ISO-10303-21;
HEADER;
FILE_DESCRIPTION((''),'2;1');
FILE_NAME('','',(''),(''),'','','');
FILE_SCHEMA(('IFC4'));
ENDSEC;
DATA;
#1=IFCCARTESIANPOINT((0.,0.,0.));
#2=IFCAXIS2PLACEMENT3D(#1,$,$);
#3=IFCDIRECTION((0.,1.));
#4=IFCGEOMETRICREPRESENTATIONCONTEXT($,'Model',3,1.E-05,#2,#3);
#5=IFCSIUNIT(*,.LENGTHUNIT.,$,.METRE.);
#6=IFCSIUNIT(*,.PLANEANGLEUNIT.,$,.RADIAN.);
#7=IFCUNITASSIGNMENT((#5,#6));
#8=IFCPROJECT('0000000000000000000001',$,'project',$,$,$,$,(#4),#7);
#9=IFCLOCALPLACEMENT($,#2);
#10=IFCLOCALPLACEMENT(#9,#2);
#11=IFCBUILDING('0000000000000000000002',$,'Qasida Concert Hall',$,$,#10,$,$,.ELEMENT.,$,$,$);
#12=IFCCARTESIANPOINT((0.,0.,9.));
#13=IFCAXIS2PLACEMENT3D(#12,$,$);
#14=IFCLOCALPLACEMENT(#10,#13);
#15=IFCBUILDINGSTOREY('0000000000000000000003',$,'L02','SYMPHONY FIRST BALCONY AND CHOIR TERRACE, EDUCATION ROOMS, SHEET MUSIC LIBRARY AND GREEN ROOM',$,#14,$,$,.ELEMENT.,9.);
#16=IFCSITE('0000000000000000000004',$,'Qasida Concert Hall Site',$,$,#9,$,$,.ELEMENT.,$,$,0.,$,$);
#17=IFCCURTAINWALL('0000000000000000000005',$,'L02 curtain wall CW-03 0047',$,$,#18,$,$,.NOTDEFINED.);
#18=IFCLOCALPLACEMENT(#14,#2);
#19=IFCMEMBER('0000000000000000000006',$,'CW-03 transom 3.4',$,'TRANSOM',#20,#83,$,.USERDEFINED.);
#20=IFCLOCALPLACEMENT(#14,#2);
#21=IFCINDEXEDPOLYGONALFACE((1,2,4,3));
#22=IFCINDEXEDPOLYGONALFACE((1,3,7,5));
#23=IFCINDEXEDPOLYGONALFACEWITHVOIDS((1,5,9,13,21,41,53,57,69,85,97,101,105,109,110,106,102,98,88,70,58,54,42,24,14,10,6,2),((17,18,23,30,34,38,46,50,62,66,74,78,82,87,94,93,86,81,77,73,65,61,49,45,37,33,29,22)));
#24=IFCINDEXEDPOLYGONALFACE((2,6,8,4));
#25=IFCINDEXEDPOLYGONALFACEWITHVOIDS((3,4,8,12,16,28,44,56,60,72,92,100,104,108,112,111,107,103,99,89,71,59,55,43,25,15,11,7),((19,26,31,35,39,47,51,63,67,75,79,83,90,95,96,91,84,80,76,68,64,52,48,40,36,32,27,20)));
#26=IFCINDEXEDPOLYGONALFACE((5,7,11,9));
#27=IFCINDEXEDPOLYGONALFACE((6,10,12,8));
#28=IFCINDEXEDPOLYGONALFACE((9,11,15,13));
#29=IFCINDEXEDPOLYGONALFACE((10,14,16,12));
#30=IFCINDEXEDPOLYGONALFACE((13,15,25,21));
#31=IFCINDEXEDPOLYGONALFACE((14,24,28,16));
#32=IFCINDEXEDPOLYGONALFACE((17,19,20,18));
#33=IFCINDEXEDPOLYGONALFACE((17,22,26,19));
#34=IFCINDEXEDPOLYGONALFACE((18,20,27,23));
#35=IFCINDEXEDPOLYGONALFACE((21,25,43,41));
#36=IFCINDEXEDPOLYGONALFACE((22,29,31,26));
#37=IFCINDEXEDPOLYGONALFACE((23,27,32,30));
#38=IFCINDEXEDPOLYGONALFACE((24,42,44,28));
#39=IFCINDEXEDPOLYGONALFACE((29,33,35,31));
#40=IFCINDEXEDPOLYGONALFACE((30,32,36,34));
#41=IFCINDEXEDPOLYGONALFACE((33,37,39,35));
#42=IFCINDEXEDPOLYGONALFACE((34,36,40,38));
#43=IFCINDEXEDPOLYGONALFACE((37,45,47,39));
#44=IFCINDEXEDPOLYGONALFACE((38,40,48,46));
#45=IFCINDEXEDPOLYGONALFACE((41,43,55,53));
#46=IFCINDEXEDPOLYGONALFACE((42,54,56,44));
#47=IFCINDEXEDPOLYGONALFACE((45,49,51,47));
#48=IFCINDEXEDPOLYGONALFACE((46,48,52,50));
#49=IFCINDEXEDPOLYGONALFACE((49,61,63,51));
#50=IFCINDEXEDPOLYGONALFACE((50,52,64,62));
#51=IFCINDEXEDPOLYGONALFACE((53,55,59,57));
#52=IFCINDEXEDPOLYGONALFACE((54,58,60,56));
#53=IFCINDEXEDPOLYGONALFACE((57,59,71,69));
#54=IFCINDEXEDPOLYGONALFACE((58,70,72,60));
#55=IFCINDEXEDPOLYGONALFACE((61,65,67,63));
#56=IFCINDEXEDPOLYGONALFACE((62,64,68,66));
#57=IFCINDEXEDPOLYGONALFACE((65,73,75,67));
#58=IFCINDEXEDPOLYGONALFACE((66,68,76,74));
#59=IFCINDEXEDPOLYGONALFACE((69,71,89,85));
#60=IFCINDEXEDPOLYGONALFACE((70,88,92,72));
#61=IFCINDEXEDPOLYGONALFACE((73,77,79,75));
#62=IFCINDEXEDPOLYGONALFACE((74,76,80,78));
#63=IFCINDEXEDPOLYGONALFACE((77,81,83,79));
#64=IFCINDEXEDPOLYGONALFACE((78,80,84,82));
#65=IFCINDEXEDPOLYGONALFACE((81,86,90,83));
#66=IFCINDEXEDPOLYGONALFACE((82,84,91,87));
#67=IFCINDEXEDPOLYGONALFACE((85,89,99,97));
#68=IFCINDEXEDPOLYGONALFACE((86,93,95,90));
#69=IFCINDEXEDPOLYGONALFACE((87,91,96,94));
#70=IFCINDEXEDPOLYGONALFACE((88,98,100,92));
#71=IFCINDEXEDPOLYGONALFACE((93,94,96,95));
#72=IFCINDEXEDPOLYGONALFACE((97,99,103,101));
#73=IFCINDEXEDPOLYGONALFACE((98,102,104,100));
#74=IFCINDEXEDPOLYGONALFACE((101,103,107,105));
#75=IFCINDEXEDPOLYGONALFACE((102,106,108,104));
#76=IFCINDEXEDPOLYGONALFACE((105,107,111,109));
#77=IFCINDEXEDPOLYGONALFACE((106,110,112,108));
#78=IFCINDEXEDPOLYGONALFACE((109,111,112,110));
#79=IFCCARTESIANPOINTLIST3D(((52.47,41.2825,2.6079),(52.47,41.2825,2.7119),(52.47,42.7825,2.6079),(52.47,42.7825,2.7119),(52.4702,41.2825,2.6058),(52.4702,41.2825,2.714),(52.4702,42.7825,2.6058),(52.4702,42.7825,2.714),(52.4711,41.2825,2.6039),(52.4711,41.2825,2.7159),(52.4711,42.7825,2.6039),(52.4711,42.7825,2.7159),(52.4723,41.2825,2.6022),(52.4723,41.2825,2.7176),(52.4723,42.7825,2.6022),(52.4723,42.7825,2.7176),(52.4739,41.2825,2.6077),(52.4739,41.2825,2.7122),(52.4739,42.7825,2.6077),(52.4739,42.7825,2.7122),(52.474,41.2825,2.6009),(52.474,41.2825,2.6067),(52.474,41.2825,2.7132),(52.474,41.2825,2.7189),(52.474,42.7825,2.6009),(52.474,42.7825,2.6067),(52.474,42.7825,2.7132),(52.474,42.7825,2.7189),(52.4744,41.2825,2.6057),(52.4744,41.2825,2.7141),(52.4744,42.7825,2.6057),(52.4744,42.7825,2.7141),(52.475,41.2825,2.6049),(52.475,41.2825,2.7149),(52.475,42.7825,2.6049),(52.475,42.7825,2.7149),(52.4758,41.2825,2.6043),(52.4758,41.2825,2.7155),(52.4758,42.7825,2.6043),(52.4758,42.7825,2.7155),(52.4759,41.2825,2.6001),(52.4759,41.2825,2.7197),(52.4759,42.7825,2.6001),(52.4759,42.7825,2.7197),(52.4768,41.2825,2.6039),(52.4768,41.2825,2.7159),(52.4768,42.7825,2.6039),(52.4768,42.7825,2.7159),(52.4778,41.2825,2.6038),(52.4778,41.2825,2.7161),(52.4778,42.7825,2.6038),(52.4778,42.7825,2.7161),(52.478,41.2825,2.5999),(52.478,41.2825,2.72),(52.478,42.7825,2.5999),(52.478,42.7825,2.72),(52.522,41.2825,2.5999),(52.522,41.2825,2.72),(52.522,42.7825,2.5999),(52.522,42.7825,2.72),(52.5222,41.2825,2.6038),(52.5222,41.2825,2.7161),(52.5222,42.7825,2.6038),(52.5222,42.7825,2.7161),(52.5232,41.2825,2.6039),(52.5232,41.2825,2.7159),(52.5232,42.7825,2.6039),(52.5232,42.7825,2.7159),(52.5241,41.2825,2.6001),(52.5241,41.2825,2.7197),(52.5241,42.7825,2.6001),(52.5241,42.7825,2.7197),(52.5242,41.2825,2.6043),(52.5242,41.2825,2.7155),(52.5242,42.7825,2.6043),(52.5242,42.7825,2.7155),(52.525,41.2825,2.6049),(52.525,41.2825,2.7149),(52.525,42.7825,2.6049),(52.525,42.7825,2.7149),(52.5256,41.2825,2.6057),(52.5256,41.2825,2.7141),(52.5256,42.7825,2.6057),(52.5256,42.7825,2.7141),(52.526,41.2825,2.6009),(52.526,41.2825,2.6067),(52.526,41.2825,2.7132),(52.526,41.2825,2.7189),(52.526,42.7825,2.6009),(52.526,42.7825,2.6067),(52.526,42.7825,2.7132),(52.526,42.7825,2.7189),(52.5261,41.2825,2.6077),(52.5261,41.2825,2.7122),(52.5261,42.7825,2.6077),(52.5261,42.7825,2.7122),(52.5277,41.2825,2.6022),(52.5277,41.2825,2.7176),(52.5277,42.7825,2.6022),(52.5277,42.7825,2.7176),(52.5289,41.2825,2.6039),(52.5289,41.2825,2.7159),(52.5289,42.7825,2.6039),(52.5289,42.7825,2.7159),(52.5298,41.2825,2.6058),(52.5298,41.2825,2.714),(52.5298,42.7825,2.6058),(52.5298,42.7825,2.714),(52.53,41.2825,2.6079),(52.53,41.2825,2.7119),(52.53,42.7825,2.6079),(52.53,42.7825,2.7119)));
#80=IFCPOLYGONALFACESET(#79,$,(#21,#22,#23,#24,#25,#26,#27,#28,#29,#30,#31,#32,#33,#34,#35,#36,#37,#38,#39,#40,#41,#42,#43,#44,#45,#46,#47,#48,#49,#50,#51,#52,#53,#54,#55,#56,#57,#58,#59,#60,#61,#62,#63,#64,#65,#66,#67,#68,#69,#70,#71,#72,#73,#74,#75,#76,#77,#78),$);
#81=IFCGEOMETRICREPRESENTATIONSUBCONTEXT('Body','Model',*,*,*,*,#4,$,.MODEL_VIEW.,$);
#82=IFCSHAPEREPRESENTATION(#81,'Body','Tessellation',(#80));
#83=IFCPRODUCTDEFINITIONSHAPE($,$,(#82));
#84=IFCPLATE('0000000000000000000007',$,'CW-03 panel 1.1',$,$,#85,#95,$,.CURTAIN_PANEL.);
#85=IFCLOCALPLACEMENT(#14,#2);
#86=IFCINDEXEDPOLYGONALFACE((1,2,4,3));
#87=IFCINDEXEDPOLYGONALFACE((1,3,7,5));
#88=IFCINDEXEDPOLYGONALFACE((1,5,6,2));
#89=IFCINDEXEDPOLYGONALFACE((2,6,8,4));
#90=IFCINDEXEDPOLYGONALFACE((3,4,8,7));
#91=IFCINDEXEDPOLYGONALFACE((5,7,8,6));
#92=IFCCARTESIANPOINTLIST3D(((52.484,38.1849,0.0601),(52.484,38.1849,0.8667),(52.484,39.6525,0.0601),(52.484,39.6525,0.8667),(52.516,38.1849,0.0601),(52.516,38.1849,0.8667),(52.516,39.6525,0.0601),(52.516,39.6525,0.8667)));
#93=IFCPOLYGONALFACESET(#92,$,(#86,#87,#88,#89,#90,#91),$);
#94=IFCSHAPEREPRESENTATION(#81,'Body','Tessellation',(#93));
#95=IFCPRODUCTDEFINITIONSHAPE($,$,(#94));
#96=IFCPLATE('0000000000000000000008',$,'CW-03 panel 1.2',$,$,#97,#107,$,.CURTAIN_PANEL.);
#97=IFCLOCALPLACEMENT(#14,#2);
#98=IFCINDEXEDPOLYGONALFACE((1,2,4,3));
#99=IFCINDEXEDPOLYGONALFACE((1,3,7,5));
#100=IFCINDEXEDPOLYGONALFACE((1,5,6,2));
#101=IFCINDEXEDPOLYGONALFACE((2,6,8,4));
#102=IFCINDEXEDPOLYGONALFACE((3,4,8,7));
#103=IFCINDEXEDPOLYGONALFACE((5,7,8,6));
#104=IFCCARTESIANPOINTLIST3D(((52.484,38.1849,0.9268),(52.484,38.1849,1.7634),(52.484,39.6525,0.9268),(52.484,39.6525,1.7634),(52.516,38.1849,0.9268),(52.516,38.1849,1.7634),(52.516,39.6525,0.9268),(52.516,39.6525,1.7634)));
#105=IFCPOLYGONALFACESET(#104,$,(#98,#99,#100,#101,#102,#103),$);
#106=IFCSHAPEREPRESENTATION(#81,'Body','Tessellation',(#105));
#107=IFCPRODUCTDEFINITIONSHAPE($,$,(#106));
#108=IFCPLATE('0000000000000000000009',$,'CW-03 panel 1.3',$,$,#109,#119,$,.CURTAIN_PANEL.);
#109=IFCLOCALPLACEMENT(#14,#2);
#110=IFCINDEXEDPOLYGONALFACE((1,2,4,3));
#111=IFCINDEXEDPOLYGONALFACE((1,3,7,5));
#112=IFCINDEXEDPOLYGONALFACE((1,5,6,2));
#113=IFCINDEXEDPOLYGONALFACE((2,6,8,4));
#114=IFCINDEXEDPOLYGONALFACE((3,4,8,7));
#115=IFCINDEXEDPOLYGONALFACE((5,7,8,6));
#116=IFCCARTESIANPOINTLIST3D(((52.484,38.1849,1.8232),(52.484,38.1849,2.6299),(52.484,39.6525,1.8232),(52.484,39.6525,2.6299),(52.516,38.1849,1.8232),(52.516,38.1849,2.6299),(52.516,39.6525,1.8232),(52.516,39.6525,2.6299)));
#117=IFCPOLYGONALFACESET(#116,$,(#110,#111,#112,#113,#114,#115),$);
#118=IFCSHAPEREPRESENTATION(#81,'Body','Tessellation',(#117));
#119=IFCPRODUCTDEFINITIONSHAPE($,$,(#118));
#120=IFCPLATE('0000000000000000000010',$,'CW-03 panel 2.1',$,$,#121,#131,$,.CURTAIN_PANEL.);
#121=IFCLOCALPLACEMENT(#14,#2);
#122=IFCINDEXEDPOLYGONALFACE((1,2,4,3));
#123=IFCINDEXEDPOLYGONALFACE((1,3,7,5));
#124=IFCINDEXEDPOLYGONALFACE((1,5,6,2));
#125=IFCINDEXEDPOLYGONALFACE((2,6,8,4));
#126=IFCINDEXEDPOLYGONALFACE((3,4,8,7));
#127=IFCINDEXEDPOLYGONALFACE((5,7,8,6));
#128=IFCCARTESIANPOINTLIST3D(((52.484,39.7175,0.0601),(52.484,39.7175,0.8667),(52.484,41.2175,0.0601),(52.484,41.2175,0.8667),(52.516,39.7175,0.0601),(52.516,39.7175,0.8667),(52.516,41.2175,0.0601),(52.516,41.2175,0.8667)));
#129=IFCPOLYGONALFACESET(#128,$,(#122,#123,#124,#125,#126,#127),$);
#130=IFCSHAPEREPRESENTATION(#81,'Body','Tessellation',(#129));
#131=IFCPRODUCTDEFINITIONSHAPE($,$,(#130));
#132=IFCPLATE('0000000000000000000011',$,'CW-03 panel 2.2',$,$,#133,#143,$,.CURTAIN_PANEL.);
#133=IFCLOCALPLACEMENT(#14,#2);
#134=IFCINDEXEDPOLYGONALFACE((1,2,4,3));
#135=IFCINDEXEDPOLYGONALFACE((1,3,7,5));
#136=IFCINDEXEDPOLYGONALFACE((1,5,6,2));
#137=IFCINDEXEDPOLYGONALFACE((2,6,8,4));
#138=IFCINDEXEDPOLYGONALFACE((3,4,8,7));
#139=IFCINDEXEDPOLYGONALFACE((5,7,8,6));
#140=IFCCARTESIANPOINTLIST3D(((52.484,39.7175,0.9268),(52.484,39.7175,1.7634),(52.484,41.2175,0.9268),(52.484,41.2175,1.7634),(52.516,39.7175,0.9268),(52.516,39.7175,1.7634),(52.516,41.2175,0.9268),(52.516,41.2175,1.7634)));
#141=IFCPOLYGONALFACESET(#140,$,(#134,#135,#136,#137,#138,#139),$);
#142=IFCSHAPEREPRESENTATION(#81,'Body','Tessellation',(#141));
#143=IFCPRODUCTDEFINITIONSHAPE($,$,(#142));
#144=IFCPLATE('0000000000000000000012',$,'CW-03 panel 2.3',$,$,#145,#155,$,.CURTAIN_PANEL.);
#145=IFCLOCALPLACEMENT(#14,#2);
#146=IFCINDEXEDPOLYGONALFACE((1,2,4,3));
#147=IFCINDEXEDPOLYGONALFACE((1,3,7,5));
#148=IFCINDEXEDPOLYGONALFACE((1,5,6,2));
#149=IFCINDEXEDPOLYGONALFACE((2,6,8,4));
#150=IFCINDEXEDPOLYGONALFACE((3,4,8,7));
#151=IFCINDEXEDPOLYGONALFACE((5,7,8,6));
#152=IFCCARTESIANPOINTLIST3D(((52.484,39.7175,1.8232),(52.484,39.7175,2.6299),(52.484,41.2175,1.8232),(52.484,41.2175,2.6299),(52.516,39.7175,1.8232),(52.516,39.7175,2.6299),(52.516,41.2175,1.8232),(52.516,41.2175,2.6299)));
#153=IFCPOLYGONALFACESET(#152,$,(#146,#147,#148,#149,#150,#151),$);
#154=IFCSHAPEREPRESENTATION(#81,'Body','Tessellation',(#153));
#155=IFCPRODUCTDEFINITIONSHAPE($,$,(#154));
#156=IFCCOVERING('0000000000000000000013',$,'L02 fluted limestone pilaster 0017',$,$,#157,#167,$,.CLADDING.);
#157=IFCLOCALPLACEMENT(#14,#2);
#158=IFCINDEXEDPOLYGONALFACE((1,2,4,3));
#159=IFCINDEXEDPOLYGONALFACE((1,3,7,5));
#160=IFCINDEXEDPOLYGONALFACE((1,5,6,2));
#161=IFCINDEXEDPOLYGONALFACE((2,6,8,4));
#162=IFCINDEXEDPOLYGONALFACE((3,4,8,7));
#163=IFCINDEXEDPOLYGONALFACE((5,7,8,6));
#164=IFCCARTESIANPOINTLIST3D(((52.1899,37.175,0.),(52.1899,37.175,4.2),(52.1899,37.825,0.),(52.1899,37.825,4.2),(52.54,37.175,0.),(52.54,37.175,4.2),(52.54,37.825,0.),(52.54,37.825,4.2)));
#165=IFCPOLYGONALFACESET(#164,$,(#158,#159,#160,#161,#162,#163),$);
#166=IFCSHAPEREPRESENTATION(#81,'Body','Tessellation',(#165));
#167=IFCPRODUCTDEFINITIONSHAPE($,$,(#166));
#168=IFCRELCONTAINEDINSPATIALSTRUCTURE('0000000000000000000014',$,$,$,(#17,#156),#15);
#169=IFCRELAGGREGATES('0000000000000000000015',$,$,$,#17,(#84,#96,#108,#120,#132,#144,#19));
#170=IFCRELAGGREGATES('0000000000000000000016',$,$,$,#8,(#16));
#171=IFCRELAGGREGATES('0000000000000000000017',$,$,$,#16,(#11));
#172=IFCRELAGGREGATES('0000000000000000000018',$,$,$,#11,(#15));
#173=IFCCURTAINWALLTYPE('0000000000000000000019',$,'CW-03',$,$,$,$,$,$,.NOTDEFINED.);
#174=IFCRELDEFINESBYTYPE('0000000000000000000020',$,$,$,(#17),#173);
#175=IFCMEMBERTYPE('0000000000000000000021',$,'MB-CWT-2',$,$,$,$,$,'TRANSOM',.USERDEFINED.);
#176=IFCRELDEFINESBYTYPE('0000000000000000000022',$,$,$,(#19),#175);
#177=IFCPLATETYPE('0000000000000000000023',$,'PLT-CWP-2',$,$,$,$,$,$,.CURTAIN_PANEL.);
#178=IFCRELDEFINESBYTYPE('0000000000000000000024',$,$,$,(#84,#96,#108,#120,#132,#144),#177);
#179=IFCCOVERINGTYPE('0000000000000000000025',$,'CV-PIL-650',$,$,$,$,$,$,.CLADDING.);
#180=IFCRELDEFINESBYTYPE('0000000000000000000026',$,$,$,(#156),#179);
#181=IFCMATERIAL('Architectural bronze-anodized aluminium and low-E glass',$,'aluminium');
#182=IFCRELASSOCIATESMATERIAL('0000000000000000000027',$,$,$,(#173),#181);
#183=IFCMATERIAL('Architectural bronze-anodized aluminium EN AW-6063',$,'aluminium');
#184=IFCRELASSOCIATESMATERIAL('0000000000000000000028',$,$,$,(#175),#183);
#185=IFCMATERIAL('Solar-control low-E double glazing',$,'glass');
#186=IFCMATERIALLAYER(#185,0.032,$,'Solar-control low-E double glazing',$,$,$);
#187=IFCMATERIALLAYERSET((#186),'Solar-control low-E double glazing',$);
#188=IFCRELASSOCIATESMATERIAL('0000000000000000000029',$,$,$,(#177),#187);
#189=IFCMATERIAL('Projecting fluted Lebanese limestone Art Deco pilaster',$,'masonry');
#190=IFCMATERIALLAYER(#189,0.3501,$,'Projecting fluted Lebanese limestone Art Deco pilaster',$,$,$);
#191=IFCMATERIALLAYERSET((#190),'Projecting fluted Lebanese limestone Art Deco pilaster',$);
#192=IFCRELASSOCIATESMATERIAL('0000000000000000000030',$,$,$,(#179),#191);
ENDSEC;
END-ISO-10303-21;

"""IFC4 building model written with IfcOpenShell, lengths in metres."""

from ifc_helpers import new_model, si_unit, direction, frame, origin, origin_2d, place, context, subcontext, project, spatial, rectangle, hollow_rectangle, extrude, material, layer, layer_set, material_profile, profile_set, type_object, element, aggregate, save


model = new_model("IFC4")

# Units and contexts
model_context = context("Model", 3, precision=1e-05, world=origin(), true_north=direction((0.0, 1.0)))
body_context = subcontext(model_context, "Body", "Model", "MODEL_VIEW")
ifc_project = project(units=[si_unit("LENGTHUNIT", "METRE"), si_unit("PLANEANGLEUNIT", "RADIAN")], contexts=[model_context])

# Site, building, storey
site_placement = place(None, origin())
site = spatial("IfcSite", under=ifc_project, at=site_placement, Name="Qasida Concert Hall Site", CompositionType="ELEMENT", RefElevation=0.0)
building_placement = place(site_placement, origin())
building = spatial("IfcBuilding", under=site, at=building_placement, Name="Qasida Concert Hall", CompositionType="ELEMENT")
storey_placement = place(building_placement, frame((0.0, 0.0, 9.0)))
storey = spatial("IfcBuildingStorey", under=building, at=storey_placement, Name="L02", Description="SYMPHONY FIRST BALCONY AND CHOIR TERRACE, EDUCATION ROOMS, SHEET MUSIC LIBRARY AND GREEN ROOM", CompositionType="ELEMENT", Elevation=9.0)

# Curtain wall
ifc_material_1 = material(Name="Architectural bronze-anodized aluminium and low-E glass", Category="aluminium")
curtain_wall_type_1 = type_object("IfcCurtainWallType", Name="CW-03", PredefinedType="NOTDEFINED", material=ifc_material_1)
curtain_wall_1_placement = place(storey_placement, origin())
curtain_wall_1 = element("IfcCurtainWall", 1, at=curtain_wall_1_placement, inside=storey, type_object=curtain_wall_type_1, Name="L02 curtain wall CW-03 0047", PredefinedType="NOTDEFINED")
ifc_material_2 = material(Name="Architectural bronze-anodized aluminium EN AW-6063", Category="aluminium")

# Member
ifc_material_profile_1 = material_profile(ifc_material_2, hollow_rectangle(XDim=0.0601, YDim=0.1201, WallThickness=0.0039, InnerFilletRadius=0.0039, OuterFilletRadius=0.0081, at=origin_2d()), Name="CWT 120x60x4")
ifc_profile_set_1 = profile_set([ifc_material_profile_1], Name="Architectural bronze-anodized aluminium EN AW-6063")
member_type_1 = type_object("IfcMemberType", Name="MB-CWT-2", ElementType="TRANSOM", PredefinedType="USERDEFINED", material=ifc_profile_set_1)
member_1_placement = place(storey_placement, frame((52.5, 41.2825, 2.6599), z_axis=(0.0, 1.0, 0.0), x_axis=(-1.0, 0.0, 0.0)))
member_1 = element("IfcMember", 2, at=member_1_placement, type_object=member_type_1, Name="CW-03 transom 3.4", ObjectType="TRANSOM", PredefinedType="USERDEFINED", context=body_context, shape_type="SweptSolid", body=[
    extrude(hollow_rectangle(XDim=0.0601, YDim=0.1201, WallThickness=0.0039, InnerFilletRadius=0.0039, OuterFilletRadius=0.0081, at=origin_2d()), origin(), (0.0, 0.0, 1.0), 1.5),
])

# Plates
ifc_material_3 = material(Name="Solar-control low-E double glazing", Category="glass")
ifc_layer_1 = layer(ifc_material_3, 0.032, Name="Solar-control low-E double glazing")
ifc_layer_set_1 = layer_set([ifc_layer_1], Name="Solar-control low-E double glazing")
plate_type = type_object("IfcPlateType", Name="PLT-CWP-2", PredefinedType="CURTAIN_PANEL", material=ifc_layer_set_1)
plate_1_placement = place(storey_placement, frame((52.5, 38.9187, 0.0601), z_axis=(0.0, 0.0, 1.0), x_axis=(0.0, 1.0, 0.0)))
plate_1 = element("IfcPlate", 3, at=plate_1_placement, type_object=plate_type, Name="CW-03 panel 1.1", PredefinedType="CURTAIN_PANEL", context=body_context, shape_type="SweptSolid", body=[
    extrude(rectangle(XDim=1.4675, YDim=0.032, at=origin_2d()), origin(), (0.0, 0.0, 1.0), 0.8066),
])
plate_2_placement = place(storey_placement, frame((52.5, 38.9187, 0.9268), z_axis=(0.0, 0.0, 1.0), x_axis=(0.0, 1.0, 0.0)))
plate_2 = element("IfcPlate", 4, at=plate_2_placement, type_object=plate_type, Name="CW-03 panel 1.2", PredefinedType="CURTAIN_PANEL", context=body_context, shape_type="SweptSolid", body=[
    extrude(rectangle(XDim=1.4675, YDim=0.032, at=origin_2d()), origin(), (0.0, 0.0, 1.0), 0.8367),
])
plate_3_placement = place(storey_placement, frame((52.5, 38.9187, 1.8232), z_axis=(0.0, 0.0, 1.0), x_axis=(0.0, 1.0, 0.0)))
plate_3 = element("IfcPlate", 5, at=plate_3_placement, type_object=plate_type, Name="CW-03 panel 1.3", PredefinedType="CURTAIN_PANEL", context=body_context, shape_type="SweptSolid", body=[
    extrude(rectangle(XDim=1.4675, YDim=0.032, at=origin_2d()), origin(), (0.0, 0.0, 1.0), 0.8066),
])
plate_4_placement = place(storey_placement, frame((52.5, 40.4675, 0.0601), z_axis=(0.0, 0.0, 1.0), x_axis=(0.0, 1.0, 0.0)))
plate_4 = element("IfcPlate", 6, at=plate_4_placement, type_object=plate_type, Name="CW-03 panel 2.1", PredefinedType="CURTAIN_PANEL", context=body_context, shape_type="SweptSolid", body=[
    extrude(rectangle(XDim=1.5, YDim=0.032, at=origin_2d()), origin(), (0.0, 0.0, 1.0), 0.8066),
])
plate_5_placement = place(storey_placement, frame((52.5, 40.4675, 0.9268), z_axis=(0.0, 0.0, 1.0), x_axis=(0.0, 1.0, 0.0)))
plate_5 = element("IfcPlate", 7, at=plate_5_placement, type_object=plate_type, Name="CW-03 panel 2.2", PredefinedType="CURTAIN_PANEL", context=body_context, shape_type="SweptSolid", body=[
    extrude(rectangle(XDim=1.5, YDim=0.032, at=origin_2d()), origin(), (0.0, 0.0, 1.0), 0.8367),
])
plate_6_placement = place(storey_placement, frame((52.5, 40.4675, 1.8232), z_axis=(0.0, 0.0, 1.0), x_axis=(0.0, 1.0, 0.0)))
plate_6 = element("IfcPlate", 8, at=plate_6_placement, type_object=plate_type, Name="CW-03 panel 2.3", PredefinedType="CURTAIN_PANEL", context=body_context, shape_type="SweptSolid", body=[
    extrude(rectangle(XDim=1.5, YDim=0.032, at=origin_2d()), origin(), (0.0, 0.0, 1.0), 0.8066),
])
aggregate(curtain_wall_1, [plate_1, plate_2, plate_3, plate_4, plate_5, plate_6, member_1])

# Covering
ifc_material_4 = material(Name="Projecting fluted Lebanese limestone Art Deco pilaster", Category="masonry")
ifc_layer_2 = layer(ifc_material_4, 0.3501, Name="Projecting fluted Lebanese limestone Art Deco pilaster")
ifc_layer_set_2 = layer_set([ifc_layer_2], Name="Projecting fluted Lebanese limestone Art Deco pilaster")
covering_type = type_object("IfcCoveringType", Name="CV-PIL-650", PredefinedType="CLADDING", material=ifc_layer_set_2)
covering_placement = place(storey_placement, frame((52.365, 37.5, 0.0), z_axis=(0.0, 0.0, 1.0), x_axis=(1.0, 0.0, 0.0)))
element("IfcCovering", 9, at=covering_placement, inside=storey, type_object=covering_type, Name="L02 fluted limestone pilaster 0017", PredefinedType="CLADDING", context=body_context, shape_type="SweptSolid", body=[
    extrude(rectangle(XDim=0.3501, YDim=0.6499, at=origin_2d()), origin(), (0.0, 0.0, 1.0), 4.2),
])

save(model, "model.ifc")
